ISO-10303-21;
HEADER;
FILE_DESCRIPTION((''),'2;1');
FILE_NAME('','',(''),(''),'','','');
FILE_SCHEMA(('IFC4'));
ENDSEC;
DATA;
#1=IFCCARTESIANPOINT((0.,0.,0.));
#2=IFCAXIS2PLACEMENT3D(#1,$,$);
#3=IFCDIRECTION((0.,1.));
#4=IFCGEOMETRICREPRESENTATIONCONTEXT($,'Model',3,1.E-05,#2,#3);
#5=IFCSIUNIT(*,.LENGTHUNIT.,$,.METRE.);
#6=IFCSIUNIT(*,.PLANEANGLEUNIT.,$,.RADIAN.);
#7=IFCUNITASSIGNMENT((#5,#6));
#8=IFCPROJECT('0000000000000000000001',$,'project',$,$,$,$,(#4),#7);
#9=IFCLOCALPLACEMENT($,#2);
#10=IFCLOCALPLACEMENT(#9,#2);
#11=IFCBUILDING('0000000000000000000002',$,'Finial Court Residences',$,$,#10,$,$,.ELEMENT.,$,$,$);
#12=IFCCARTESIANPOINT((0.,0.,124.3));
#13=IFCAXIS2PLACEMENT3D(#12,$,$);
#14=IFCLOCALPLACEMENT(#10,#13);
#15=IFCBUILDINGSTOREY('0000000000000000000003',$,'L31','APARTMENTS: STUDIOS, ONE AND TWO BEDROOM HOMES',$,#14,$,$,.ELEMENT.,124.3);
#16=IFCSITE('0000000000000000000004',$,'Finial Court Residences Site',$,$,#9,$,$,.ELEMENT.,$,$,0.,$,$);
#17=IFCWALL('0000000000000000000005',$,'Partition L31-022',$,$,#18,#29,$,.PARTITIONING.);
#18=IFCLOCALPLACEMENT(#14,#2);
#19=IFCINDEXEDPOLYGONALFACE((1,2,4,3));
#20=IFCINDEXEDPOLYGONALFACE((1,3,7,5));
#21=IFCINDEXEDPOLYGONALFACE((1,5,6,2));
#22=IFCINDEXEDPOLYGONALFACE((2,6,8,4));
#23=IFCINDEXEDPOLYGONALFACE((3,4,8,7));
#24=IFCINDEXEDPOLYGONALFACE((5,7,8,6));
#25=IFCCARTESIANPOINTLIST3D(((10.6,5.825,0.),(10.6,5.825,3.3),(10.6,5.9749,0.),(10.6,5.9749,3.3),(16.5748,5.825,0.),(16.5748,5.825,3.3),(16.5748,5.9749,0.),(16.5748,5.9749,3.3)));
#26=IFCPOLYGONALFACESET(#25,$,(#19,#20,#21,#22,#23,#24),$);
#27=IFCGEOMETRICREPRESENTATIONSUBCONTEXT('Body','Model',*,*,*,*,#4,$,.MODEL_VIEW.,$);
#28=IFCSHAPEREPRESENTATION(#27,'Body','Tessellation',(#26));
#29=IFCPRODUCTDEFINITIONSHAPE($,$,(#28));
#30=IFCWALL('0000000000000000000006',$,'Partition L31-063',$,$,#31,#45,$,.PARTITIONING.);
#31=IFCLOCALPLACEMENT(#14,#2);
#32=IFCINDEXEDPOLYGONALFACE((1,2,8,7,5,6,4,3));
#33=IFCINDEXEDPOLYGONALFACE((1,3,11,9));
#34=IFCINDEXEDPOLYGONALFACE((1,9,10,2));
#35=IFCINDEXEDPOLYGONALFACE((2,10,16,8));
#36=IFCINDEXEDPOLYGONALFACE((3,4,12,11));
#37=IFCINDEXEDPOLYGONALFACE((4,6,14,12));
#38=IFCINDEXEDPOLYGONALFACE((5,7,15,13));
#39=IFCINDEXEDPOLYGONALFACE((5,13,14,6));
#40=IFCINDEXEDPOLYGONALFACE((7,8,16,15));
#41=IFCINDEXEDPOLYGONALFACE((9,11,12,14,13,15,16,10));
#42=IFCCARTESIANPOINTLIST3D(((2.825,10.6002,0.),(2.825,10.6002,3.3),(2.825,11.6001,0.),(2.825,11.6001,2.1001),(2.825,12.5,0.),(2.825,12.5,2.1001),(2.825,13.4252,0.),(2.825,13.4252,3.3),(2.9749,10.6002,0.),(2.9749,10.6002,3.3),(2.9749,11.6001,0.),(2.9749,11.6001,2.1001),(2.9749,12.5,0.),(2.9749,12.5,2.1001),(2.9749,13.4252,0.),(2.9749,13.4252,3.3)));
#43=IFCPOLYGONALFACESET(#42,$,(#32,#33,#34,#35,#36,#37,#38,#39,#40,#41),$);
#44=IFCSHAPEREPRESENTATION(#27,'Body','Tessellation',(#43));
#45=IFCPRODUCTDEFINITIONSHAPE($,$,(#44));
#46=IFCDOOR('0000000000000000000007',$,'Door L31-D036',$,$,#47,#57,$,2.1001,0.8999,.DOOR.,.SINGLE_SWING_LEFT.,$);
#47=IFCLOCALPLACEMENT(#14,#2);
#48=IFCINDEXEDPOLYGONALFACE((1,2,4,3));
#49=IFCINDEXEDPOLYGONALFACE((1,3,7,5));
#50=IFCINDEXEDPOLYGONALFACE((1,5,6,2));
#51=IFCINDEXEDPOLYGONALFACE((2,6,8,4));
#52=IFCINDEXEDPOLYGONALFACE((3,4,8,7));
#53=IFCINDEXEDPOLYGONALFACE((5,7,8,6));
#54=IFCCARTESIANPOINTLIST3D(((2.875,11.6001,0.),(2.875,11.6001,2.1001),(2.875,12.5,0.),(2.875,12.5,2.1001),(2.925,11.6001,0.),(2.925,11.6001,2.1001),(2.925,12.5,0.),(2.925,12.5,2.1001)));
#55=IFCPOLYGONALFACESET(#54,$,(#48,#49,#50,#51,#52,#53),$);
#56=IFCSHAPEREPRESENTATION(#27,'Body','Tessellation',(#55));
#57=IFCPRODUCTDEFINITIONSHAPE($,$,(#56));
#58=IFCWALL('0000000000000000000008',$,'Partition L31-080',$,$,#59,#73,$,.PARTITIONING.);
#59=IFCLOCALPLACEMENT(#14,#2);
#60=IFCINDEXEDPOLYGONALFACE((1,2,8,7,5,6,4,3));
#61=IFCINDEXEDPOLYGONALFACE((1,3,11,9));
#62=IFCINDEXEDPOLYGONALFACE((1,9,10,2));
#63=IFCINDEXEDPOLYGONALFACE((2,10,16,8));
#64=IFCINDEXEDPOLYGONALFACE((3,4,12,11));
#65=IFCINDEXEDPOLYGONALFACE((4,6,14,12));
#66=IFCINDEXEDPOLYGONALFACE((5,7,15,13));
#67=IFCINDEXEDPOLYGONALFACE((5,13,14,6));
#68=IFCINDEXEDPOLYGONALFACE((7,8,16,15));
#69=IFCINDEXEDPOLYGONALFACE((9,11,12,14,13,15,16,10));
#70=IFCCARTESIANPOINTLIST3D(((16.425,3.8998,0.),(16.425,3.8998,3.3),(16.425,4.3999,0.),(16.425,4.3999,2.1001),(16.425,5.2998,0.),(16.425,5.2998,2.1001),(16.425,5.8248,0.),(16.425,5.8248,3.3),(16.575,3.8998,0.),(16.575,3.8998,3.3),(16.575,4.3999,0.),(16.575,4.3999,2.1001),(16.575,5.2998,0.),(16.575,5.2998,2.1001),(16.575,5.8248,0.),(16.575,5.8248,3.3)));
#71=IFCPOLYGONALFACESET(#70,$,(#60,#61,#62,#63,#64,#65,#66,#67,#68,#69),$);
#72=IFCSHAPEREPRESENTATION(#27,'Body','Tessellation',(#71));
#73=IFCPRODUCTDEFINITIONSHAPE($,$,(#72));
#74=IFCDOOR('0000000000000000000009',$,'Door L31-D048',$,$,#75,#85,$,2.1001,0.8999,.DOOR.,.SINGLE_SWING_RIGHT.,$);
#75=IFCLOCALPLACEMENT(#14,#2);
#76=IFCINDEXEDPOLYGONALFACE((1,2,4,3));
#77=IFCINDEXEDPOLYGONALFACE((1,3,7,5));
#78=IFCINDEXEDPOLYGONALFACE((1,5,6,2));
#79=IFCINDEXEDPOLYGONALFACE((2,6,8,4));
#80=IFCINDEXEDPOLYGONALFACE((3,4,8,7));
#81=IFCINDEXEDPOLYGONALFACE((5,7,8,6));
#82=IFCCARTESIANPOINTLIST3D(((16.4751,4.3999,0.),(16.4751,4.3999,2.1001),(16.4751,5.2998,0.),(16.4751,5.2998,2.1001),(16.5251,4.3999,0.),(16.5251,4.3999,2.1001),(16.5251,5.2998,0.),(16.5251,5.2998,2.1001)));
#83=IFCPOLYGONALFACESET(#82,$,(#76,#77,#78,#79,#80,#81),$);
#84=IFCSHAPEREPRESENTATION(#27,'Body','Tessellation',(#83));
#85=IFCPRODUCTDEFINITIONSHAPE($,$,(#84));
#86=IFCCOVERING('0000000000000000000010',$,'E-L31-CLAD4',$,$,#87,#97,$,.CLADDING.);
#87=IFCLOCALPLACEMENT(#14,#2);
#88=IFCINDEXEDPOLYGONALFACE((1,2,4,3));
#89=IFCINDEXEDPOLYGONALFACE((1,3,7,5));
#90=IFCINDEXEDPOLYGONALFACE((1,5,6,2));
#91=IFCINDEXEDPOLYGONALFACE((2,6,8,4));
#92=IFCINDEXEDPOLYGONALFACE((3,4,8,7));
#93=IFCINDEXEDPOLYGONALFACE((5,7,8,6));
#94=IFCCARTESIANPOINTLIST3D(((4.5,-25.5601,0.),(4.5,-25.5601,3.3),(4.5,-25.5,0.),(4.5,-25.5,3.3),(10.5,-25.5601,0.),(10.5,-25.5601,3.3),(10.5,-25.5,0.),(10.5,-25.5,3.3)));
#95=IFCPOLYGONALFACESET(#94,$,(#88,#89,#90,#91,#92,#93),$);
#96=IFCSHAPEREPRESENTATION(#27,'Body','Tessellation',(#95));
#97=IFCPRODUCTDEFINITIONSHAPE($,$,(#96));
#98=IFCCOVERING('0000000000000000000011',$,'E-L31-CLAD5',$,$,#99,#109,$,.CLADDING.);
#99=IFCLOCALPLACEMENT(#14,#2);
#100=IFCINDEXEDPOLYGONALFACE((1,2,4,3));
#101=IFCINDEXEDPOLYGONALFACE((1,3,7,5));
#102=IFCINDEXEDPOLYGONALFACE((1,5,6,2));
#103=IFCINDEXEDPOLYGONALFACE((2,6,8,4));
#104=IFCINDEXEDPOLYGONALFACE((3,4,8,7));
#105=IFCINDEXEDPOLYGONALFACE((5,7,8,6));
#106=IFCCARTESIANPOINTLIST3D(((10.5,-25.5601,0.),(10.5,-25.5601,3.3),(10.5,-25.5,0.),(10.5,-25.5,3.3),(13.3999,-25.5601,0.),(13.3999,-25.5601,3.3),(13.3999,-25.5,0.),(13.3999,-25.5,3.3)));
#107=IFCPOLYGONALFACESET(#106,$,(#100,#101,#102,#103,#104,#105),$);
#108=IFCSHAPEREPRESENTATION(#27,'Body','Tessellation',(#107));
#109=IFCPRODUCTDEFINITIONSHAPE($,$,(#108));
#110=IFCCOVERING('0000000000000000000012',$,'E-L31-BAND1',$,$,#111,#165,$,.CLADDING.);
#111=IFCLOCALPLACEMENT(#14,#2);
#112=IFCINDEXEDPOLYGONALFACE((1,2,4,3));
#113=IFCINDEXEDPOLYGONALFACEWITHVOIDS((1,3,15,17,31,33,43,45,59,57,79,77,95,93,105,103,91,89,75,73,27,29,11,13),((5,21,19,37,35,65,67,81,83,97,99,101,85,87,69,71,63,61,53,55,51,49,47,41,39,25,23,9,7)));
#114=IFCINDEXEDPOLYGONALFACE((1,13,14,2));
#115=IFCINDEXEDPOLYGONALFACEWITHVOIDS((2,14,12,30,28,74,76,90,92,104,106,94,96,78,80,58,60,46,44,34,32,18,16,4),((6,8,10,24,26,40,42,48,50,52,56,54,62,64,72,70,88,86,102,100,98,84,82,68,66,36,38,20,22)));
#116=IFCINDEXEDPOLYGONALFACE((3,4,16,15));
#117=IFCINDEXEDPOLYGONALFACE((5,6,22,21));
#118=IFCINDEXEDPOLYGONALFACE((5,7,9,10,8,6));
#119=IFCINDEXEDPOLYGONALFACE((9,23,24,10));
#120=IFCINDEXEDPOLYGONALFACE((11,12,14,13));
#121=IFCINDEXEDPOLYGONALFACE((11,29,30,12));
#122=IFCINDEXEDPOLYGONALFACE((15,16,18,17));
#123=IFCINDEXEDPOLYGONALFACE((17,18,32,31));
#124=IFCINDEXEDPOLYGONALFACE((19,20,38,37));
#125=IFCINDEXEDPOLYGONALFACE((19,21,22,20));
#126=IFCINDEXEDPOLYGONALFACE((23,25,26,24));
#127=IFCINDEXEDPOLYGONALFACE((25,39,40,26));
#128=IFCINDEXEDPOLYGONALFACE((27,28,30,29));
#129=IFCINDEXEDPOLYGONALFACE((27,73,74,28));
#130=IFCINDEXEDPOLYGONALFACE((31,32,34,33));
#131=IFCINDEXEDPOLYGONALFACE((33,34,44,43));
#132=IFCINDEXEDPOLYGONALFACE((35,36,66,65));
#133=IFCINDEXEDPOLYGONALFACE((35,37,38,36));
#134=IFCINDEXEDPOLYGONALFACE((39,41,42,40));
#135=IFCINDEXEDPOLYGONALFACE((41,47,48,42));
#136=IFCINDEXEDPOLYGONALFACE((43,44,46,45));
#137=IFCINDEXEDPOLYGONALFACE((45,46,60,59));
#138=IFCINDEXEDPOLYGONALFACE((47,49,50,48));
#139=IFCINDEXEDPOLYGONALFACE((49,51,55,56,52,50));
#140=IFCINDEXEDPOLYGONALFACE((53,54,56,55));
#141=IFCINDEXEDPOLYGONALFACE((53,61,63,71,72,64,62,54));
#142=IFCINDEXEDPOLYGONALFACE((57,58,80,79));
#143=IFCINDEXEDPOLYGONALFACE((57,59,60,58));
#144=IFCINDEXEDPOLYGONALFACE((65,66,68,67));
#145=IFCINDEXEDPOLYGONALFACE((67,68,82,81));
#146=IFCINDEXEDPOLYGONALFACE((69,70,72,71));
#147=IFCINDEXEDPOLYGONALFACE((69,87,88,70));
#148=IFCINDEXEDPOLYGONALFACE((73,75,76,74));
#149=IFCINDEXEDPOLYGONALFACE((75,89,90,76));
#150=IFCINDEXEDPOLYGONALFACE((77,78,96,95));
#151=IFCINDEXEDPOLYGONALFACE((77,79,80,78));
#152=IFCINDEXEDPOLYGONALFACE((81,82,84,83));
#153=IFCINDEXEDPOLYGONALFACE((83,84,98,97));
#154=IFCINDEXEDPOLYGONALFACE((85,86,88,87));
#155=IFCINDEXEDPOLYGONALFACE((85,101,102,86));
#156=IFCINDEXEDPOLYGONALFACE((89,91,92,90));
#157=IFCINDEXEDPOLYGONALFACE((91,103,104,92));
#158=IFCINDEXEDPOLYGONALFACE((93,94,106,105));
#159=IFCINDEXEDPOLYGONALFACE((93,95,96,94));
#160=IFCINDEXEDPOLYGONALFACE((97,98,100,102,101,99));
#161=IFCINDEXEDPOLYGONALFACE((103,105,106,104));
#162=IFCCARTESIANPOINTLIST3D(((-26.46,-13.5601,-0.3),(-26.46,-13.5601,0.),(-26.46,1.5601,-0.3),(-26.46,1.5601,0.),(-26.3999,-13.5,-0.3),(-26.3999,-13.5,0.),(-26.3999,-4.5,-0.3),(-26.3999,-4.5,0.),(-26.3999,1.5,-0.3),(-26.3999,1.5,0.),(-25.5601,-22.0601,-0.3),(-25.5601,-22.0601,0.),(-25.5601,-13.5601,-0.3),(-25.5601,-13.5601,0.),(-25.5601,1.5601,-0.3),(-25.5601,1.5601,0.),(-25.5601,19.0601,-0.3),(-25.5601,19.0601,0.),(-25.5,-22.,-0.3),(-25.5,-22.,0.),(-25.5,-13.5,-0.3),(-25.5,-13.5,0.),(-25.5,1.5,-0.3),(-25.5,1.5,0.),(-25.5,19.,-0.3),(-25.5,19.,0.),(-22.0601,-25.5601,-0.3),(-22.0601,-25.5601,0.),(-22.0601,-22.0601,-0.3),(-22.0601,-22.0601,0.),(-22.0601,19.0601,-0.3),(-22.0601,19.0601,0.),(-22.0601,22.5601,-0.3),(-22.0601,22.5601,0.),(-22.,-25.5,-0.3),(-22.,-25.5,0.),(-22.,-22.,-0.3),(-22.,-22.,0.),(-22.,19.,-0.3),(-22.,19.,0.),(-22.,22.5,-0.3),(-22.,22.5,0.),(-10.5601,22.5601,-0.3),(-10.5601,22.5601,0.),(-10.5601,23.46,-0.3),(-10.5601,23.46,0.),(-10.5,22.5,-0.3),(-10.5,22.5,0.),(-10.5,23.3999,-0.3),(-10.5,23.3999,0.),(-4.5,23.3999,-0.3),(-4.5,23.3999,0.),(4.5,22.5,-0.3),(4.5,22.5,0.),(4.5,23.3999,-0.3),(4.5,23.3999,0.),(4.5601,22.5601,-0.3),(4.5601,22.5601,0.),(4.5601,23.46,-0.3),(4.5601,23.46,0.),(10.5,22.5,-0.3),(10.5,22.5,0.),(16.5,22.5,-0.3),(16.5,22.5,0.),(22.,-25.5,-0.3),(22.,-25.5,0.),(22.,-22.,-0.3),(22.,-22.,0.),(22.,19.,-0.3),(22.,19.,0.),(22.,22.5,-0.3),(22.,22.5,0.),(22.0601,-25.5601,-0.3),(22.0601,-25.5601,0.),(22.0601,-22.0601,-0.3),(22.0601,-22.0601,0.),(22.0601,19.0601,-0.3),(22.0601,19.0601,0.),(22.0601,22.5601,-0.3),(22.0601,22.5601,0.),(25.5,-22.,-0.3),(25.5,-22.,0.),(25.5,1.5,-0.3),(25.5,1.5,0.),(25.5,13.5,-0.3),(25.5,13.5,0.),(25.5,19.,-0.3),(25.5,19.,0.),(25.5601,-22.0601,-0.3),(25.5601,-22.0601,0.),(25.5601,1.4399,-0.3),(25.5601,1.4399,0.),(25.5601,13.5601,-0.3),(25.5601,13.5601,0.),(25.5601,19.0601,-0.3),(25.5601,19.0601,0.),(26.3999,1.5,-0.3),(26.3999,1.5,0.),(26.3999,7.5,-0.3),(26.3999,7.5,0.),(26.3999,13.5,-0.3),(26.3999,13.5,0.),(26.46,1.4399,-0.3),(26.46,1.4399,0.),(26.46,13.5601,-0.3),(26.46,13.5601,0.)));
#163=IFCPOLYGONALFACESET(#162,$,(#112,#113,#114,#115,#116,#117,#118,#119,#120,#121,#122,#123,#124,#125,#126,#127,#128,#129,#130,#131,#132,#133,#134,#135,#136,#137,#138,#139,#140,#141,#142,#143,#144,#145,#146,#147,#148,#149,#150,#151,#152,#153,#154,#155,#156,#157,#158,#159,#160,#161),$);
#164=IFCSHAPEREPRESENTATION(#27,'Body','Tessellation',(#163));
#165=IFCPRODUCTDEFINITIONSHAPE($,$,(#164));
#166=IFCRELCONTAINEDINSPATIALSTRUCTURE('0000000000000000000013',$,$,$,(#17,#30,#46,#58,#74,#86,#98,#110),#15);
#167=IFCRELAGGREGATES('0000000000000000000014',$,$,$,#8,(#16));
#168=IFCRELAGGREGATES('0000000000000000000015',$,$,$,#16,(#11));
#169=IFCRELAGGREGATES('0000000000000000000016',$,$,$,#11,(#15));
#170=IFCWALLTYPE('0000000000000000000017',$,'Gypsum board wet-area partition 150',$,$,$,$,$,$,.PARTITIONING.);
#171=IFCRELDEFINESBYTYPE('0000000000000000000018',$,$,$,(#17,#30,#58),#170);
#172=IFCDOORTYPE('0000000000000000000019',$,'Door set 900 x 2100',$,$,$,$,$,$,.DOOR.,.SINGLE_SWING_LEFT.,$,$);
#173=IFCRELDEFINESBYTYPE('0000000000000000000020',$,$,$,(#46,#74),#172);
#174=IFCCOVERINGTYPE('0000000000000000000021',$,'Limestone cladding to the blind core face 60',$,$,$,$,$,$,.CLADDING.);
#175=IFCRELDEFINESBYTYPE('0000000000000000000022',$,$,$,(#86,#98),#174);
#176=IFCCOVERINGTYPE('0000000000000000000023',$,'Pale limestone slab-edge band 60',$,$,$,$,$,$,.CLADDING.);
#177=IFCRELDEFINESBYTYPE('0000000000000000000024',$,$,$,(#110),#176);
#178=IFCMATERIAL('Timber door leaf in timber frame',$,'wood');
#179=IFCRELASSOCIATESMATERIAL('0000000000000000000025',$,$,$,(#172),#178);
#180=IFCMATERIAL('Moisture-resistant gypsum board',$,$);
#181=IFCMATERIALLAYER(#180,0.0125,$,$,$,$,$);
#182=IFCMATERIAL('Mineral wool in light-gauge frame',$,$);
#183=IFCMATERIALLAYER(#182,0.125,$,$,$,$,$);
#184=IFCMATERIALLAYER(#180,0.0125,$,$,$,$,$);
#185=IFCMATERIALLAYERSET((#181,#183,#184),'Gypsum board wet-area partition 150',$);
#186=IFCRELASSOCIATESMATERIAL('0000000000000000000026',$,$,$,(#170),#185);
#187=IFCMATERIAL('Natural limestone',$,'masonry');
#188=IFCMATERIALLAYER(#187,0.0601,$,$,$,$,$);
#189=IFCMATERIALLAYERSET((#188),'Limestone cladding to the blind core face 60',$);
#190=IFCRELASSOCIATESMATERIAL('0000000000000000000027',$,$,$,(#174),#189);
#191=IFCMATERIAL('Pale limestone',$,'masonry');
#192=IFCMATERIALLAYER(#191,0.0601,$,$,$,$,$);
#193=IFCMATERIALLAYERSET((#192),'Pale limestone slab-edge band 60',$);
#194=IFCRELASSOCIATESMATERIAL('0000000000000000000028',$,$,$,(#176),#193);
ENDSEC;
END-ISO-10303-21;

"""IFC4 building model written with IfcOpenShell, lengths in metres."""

from ifc_helpers import new_model, si_unit, direction, frame, frame_2d, origin, place, context, subcontext, project, spatial, polyline, rectangle, outline, extrude, material, layer, layer_set, type_object, element, fill, save


model = new_model("IFC4")

# Units and contexts
model_context = context("Model", 3, precision=1e-05, world=origin(), true_north=direction((0.0, 1.0)))
body_context = subcontext(model_context, "Body", "Model", "MODEL_VIEW")
ifc_project = project(units=[si_unit("LENGTHUNIT", "METRE"), si_unit("PLANEANGLEUNIT", "RADIAN")], contexts=[model_context])

# Site, building, storey
site_placement = place(None, origin())
site = spatial("IfcSite", under=ifc_project, at=site_placement, Name="Finial Court Residences Site", CompositionType="ELEMENT", RefElevation=0.0)
building_placement = place(site_placement, origin())
building = spatial("IfcBuilding", under=site, at=building_placement, Name="Finial Court Residences", CompositionType="ELEMENT")
storey_placement = place(building_placement, frame((0.0, 0.0, 124.3)))
storey = spatial("IfcBuildingStorey", under=building, at=storey_placement, Name="L31", Description="APARTMENTS: STUDIOS, ONE AND TWO BEDROOM HOMES", CompositionType="ELEMENT", Elevation=124.3)

# Shared definitions
ifc_material_1 = material(Name="Mineral wool in light-gauge frame")
ifc_material_2 = material(Name="Timber door leaf in timber frame", Category="wood")
door_type = type_object("IfcDoorType", Name="Door set 900 x 2100", OperationType="SINGLE_SWING_LEFT", PredefinedType="DOOR", material=ifc_material_2)

# Wall
ifc_material_3 = material(Name="Moisture-resistant gypsum board")
ifc_layer_1 = layer(ifc_material_3, 0.0125)
ifc_layer_2 = layer(ifc_material_1, 0.125)
ifc_layer_3 = layer(ifc_material_3, 0.0125)
ifc_layer_set_1 = layer_set([ifc_layer_1, ifc_layer_2, ifc_layer_3], Name="Gypsum board wet-area partition 150")
wall_type_1 = type_object("IfcWallType", Name="Gypsum board wet-area partition 150", PredefinedType="PARTITIONING", material=ifc_layer_set_1)
wall_1_placement = place(storey_placement, frame((10.6001, 5.8999, 0.0), z_axis=(0.0, 0.0, 1.0), x_axis=(1.0, 0.0, 0.0)))
element("IfcWall", 1, at=wall_1_placement, inside=storey, type_object=wall_type_1, Name="Partition L31-022", PredefinedType="PARTITIONING", context=body_context, shape_type="SweptSolid", body=[
    extrude(rectangle(XDim=5.9749, YDim=0.1499, at=frame_2d((2.9873, 0.0))), origin(), (0.0, 0.0, 1.0), 3.3),
])

# Walls, openings, doors
wall_2_placement = place(storey_placement, frame((2.8999, 10.6001, 0.0), z_axis=(0.0, 0.0, 1.0), x_axis=(0.0, 1.0, 0.0)))
wall_2 = element("IfcWall", 2, at=wall_2_placement, inside=storey, type_object=wall_type_1, Name="Partition L31-063", PredefinedType="PARTITIONING", context=body_context, shape_type="SweptSolid", body=[
    extrude(rectangle(XDim=2.825, YDim=0.1499, at=frame_2d((1.4126, 0.0))), origin(), (0.0, 0.0, 1.0), 3.3),
])
opening_1_placement = place(wall_2_placement, frame((1.0, 0.0, 0.0)))
opening_1 = element("IfcOpeningElement", 3, at=opening_1_placement, cuts=wall_2, PredefinedType="OPENING", context=body_context, shape_type="SweptSolid", body=[
    extrude(rectangle(XDim=0.8999, YDim=2.1001, at=frame_2d((0.45, 1.05))), frame((0.0, 0.085, 0.0), z_axis=(0.0, -1.0, 0.0), x_axis=(1.0, 0.0, 0.0)), (0.0, 0.0, 1.0), 0.1699),
])
door_1_placement = place(opening_1_placement, origin())
door_1 = element("IfcDoor", 4, at=door_1_placement, inside=storey, type_object=door_type, Name="Door L31-D036", OperationType="SINGLE_SWING_LEFT", OverallHeight=2.1001, OverallWidth=0.8999, PredefinedType="DOOR", context=body_context, shape_type="SweptSolid", body=[
    extrude(rectangle(XDim=0.8999, YDim=2.1001, at=frame_2d((0.45, 1.05))), frame((0.0, 0.0249, 0.0), z_axis=(0.0, -1.0, 0.0), x_axis=(1.0, 0.0, 0.0)), (0.0, 0.0, 1.0), 0.05),
])
fill(opening_1, door_1)
wall_3_placement = place(storey_placement, frame((16.5, 3.8999, 0.0), z_axis=(0.0, 0.0, 1.0), x_axis=(0.0, 1.0, 0.0)))
wall_3 = element("IfcWall", 5, at=wall_3_placement, inside=storey, type_object=wall_type_1, Name="Partition L31-080", PredefinedType="PARTITIONING", context=body_context, shape_type="SweptSolid", body=[
    extrude(rectangle(XDim=1.925, YDim=0.1499, at=frame_2d((0.9624, 0.0))), origin(), (0.0, 0.0, 1.0), 3.3),
])
opening_2_placement = place(wall_3_placement, frame((0.5, 0.0, 0.0)))
opening_2 = element("IfcOpeningElement", 6, at=opening_2_placement, cuts=wall_3, PredefinedType="OPENING", context=body_context, shape_type="SweptSolid", body=[
    extrude(rectangle(XDim=0.8999, YDim=2.1001, at=frame_2d((0.45, 1.05))), frame((0.0, 0.085, 0.0), z_axis=(0.0, -1.0, 0.0), x_axis=(1.0, 0.0, 0.0)), (0.0, 0.0, 1.0), 0.1699),
])
door_2_placement = place(opening_2_placement, origin())
door_2 = element("IfcDoor", 7, at=door_2_placement, inside=storey, type_object=door_type, Name="Door L31-D048", OperationType="SINGLE_SWING_RIGHT", OverallHeight=2.1001, OverallWidth=0.8999, PredefinedType="DOOR", context=body_context, shape_type="SweptSolid", body=[
    extrude(rectangle(XDim=0.8999, YDim=2.1001, at=frame_2d((0.45, 1.05))), frame((0.0, 0.0249, 0.0), z_axis=(0.0, -1.0, 0.0), x_axis=(1.0, 0.0, 0.0)), (0.0, 0.0, 1.0), 0.05),
])
fill(opening_2, door_2)

# Coverings
ifc_material_4 = material(Name="Natural limestone", Category="masonry")
ifc_layer_4 = layer(ifc_material_4, 0.0601)
ifc_layer_set_2 = layer_set([ifc_layer_4], Name="Limestone cladding to the blind core face 60")
covering_type_1 = type_object("IfcCoveringType", Name="Limestone cladding to the blind core face 60", PredefinedType="CLADDING", material=ifc_layer_set_2)
covering_1_placement = place(storey_placement, origin())
element("IfcCovering", 8, at=covering_1_placement, inside=storey, type_object=covering_type_1, Name="E-L31-CLAD4", PredefinedType="CLADDING", context=body_context, shape_type="SweptSolid", body=[
    extrude(outline(polyline([(10.5, -25.5601), (10.5, -25.5), (4.5, -25.5), (4.5, -25.5601), (10.5, -25.5601)])), origin(), (0.0, 0.0, 1.0), 3.3),
])
covering_2_placement = place(storey_placement, origin())
element("IfcCovering", 9, at=covering_2_placement, inside=storey, type_object=covering_type_1, Name="E-L31-CLAD5", PredefinedType="CLADDING", context=body_context, shape_type="SweptSolid", body=[
    extrude(outline(polyline([(13.3999, -25.5601), (13.3999, -25.5), (10.5, -25.5), (10.5, -25.5601), (13.3999, -25.5601)])), origin(), (0.0, 0.0, 1.0), 3.3),
])
ifc_material_5 = material(Name="Pale limestone", Category="masonry")
ifc_layer_5 = layer(ifc_material_5, 0.0601)
ifc_layer_set_3 = layer_set([ifc_layer_5], Name="Pale limestone slab-edge band 60")
covering_type_2 = type_object("IfcCoveringType", Name="Pale limestone slab-edge band 60", PredefinedType="CLADDING", material=ifc_layer_set_3)
covering_3_placement = place(storey_placement, frame((0.0, 0.0, -0.3)))
element("IfcCovering", 10, at=covering_3_placement, inside=storey, type_object=covering_type_2, Name="E-L31-BAND1", PredefinedType="CLADDING", context=body_context, shape_type="SweptSolid", body=[
    extrude(outline(polyline([(-22.0601, 22.5601), (-10.5601, 22.5601), (-10.5601, 23.46), (4.5601, 23.46), (4.5601, 22.5601), (22.0601, 22.5601), (22.0601, 19.0601), (25.5601, 19.0601), (25.5601, 13.5601), (26.46, 13.5601), (26.46, 1.4399), (25.5601, 1.4399), (25.5601, -22.0601), (22.0601, -22.0601), (22.0601, -25.5601), (-22.0601, -25.5601), (-22.0601, -22.0601), (-25.5601, -22.0601), (-25.5601, -13.5601), (-26.46, -13.5601), (-26.46, 1.5601), (-25.5601, 1.5601), (-25.5601, 19.0601), (-22.0601, 19.0601), (-22.0601, 22.5601)]), holes=[polyline([(-25.5, 19.0), (-25.5, 1.5), (-26.3999, 1.5), (-26.3999, -4.5), (-26.3999, -13.5), (-25.5, -13.5), (-25.5, -22.0), (-22.0, -22.0), (-22.0, -25.5), (22.0, -25.5), (22.0, -22.0), (25.5, -22.0), (25.5, 1.5), (26.3999, 1.5), (26.3999, 7.5), (26.3999, 13.5), (25.5, 13.5), (25.5, 19.0), (22.0, 19.0), (22.0, 22.5), (16.5, 22.5), (10.5, 22.5), (4.5, 22.5), (4.5, 23.3999), (-4.5, 23.3999), (-10.5, 23.3999), (-10.5, 22.5), (-22.0, 22.5), (-22.0, 19.0), (-25.5, 19.0)])]), origin(), (0.0, 0.0, 1.0), 0.3),
])

save(model, "model.ifc")
